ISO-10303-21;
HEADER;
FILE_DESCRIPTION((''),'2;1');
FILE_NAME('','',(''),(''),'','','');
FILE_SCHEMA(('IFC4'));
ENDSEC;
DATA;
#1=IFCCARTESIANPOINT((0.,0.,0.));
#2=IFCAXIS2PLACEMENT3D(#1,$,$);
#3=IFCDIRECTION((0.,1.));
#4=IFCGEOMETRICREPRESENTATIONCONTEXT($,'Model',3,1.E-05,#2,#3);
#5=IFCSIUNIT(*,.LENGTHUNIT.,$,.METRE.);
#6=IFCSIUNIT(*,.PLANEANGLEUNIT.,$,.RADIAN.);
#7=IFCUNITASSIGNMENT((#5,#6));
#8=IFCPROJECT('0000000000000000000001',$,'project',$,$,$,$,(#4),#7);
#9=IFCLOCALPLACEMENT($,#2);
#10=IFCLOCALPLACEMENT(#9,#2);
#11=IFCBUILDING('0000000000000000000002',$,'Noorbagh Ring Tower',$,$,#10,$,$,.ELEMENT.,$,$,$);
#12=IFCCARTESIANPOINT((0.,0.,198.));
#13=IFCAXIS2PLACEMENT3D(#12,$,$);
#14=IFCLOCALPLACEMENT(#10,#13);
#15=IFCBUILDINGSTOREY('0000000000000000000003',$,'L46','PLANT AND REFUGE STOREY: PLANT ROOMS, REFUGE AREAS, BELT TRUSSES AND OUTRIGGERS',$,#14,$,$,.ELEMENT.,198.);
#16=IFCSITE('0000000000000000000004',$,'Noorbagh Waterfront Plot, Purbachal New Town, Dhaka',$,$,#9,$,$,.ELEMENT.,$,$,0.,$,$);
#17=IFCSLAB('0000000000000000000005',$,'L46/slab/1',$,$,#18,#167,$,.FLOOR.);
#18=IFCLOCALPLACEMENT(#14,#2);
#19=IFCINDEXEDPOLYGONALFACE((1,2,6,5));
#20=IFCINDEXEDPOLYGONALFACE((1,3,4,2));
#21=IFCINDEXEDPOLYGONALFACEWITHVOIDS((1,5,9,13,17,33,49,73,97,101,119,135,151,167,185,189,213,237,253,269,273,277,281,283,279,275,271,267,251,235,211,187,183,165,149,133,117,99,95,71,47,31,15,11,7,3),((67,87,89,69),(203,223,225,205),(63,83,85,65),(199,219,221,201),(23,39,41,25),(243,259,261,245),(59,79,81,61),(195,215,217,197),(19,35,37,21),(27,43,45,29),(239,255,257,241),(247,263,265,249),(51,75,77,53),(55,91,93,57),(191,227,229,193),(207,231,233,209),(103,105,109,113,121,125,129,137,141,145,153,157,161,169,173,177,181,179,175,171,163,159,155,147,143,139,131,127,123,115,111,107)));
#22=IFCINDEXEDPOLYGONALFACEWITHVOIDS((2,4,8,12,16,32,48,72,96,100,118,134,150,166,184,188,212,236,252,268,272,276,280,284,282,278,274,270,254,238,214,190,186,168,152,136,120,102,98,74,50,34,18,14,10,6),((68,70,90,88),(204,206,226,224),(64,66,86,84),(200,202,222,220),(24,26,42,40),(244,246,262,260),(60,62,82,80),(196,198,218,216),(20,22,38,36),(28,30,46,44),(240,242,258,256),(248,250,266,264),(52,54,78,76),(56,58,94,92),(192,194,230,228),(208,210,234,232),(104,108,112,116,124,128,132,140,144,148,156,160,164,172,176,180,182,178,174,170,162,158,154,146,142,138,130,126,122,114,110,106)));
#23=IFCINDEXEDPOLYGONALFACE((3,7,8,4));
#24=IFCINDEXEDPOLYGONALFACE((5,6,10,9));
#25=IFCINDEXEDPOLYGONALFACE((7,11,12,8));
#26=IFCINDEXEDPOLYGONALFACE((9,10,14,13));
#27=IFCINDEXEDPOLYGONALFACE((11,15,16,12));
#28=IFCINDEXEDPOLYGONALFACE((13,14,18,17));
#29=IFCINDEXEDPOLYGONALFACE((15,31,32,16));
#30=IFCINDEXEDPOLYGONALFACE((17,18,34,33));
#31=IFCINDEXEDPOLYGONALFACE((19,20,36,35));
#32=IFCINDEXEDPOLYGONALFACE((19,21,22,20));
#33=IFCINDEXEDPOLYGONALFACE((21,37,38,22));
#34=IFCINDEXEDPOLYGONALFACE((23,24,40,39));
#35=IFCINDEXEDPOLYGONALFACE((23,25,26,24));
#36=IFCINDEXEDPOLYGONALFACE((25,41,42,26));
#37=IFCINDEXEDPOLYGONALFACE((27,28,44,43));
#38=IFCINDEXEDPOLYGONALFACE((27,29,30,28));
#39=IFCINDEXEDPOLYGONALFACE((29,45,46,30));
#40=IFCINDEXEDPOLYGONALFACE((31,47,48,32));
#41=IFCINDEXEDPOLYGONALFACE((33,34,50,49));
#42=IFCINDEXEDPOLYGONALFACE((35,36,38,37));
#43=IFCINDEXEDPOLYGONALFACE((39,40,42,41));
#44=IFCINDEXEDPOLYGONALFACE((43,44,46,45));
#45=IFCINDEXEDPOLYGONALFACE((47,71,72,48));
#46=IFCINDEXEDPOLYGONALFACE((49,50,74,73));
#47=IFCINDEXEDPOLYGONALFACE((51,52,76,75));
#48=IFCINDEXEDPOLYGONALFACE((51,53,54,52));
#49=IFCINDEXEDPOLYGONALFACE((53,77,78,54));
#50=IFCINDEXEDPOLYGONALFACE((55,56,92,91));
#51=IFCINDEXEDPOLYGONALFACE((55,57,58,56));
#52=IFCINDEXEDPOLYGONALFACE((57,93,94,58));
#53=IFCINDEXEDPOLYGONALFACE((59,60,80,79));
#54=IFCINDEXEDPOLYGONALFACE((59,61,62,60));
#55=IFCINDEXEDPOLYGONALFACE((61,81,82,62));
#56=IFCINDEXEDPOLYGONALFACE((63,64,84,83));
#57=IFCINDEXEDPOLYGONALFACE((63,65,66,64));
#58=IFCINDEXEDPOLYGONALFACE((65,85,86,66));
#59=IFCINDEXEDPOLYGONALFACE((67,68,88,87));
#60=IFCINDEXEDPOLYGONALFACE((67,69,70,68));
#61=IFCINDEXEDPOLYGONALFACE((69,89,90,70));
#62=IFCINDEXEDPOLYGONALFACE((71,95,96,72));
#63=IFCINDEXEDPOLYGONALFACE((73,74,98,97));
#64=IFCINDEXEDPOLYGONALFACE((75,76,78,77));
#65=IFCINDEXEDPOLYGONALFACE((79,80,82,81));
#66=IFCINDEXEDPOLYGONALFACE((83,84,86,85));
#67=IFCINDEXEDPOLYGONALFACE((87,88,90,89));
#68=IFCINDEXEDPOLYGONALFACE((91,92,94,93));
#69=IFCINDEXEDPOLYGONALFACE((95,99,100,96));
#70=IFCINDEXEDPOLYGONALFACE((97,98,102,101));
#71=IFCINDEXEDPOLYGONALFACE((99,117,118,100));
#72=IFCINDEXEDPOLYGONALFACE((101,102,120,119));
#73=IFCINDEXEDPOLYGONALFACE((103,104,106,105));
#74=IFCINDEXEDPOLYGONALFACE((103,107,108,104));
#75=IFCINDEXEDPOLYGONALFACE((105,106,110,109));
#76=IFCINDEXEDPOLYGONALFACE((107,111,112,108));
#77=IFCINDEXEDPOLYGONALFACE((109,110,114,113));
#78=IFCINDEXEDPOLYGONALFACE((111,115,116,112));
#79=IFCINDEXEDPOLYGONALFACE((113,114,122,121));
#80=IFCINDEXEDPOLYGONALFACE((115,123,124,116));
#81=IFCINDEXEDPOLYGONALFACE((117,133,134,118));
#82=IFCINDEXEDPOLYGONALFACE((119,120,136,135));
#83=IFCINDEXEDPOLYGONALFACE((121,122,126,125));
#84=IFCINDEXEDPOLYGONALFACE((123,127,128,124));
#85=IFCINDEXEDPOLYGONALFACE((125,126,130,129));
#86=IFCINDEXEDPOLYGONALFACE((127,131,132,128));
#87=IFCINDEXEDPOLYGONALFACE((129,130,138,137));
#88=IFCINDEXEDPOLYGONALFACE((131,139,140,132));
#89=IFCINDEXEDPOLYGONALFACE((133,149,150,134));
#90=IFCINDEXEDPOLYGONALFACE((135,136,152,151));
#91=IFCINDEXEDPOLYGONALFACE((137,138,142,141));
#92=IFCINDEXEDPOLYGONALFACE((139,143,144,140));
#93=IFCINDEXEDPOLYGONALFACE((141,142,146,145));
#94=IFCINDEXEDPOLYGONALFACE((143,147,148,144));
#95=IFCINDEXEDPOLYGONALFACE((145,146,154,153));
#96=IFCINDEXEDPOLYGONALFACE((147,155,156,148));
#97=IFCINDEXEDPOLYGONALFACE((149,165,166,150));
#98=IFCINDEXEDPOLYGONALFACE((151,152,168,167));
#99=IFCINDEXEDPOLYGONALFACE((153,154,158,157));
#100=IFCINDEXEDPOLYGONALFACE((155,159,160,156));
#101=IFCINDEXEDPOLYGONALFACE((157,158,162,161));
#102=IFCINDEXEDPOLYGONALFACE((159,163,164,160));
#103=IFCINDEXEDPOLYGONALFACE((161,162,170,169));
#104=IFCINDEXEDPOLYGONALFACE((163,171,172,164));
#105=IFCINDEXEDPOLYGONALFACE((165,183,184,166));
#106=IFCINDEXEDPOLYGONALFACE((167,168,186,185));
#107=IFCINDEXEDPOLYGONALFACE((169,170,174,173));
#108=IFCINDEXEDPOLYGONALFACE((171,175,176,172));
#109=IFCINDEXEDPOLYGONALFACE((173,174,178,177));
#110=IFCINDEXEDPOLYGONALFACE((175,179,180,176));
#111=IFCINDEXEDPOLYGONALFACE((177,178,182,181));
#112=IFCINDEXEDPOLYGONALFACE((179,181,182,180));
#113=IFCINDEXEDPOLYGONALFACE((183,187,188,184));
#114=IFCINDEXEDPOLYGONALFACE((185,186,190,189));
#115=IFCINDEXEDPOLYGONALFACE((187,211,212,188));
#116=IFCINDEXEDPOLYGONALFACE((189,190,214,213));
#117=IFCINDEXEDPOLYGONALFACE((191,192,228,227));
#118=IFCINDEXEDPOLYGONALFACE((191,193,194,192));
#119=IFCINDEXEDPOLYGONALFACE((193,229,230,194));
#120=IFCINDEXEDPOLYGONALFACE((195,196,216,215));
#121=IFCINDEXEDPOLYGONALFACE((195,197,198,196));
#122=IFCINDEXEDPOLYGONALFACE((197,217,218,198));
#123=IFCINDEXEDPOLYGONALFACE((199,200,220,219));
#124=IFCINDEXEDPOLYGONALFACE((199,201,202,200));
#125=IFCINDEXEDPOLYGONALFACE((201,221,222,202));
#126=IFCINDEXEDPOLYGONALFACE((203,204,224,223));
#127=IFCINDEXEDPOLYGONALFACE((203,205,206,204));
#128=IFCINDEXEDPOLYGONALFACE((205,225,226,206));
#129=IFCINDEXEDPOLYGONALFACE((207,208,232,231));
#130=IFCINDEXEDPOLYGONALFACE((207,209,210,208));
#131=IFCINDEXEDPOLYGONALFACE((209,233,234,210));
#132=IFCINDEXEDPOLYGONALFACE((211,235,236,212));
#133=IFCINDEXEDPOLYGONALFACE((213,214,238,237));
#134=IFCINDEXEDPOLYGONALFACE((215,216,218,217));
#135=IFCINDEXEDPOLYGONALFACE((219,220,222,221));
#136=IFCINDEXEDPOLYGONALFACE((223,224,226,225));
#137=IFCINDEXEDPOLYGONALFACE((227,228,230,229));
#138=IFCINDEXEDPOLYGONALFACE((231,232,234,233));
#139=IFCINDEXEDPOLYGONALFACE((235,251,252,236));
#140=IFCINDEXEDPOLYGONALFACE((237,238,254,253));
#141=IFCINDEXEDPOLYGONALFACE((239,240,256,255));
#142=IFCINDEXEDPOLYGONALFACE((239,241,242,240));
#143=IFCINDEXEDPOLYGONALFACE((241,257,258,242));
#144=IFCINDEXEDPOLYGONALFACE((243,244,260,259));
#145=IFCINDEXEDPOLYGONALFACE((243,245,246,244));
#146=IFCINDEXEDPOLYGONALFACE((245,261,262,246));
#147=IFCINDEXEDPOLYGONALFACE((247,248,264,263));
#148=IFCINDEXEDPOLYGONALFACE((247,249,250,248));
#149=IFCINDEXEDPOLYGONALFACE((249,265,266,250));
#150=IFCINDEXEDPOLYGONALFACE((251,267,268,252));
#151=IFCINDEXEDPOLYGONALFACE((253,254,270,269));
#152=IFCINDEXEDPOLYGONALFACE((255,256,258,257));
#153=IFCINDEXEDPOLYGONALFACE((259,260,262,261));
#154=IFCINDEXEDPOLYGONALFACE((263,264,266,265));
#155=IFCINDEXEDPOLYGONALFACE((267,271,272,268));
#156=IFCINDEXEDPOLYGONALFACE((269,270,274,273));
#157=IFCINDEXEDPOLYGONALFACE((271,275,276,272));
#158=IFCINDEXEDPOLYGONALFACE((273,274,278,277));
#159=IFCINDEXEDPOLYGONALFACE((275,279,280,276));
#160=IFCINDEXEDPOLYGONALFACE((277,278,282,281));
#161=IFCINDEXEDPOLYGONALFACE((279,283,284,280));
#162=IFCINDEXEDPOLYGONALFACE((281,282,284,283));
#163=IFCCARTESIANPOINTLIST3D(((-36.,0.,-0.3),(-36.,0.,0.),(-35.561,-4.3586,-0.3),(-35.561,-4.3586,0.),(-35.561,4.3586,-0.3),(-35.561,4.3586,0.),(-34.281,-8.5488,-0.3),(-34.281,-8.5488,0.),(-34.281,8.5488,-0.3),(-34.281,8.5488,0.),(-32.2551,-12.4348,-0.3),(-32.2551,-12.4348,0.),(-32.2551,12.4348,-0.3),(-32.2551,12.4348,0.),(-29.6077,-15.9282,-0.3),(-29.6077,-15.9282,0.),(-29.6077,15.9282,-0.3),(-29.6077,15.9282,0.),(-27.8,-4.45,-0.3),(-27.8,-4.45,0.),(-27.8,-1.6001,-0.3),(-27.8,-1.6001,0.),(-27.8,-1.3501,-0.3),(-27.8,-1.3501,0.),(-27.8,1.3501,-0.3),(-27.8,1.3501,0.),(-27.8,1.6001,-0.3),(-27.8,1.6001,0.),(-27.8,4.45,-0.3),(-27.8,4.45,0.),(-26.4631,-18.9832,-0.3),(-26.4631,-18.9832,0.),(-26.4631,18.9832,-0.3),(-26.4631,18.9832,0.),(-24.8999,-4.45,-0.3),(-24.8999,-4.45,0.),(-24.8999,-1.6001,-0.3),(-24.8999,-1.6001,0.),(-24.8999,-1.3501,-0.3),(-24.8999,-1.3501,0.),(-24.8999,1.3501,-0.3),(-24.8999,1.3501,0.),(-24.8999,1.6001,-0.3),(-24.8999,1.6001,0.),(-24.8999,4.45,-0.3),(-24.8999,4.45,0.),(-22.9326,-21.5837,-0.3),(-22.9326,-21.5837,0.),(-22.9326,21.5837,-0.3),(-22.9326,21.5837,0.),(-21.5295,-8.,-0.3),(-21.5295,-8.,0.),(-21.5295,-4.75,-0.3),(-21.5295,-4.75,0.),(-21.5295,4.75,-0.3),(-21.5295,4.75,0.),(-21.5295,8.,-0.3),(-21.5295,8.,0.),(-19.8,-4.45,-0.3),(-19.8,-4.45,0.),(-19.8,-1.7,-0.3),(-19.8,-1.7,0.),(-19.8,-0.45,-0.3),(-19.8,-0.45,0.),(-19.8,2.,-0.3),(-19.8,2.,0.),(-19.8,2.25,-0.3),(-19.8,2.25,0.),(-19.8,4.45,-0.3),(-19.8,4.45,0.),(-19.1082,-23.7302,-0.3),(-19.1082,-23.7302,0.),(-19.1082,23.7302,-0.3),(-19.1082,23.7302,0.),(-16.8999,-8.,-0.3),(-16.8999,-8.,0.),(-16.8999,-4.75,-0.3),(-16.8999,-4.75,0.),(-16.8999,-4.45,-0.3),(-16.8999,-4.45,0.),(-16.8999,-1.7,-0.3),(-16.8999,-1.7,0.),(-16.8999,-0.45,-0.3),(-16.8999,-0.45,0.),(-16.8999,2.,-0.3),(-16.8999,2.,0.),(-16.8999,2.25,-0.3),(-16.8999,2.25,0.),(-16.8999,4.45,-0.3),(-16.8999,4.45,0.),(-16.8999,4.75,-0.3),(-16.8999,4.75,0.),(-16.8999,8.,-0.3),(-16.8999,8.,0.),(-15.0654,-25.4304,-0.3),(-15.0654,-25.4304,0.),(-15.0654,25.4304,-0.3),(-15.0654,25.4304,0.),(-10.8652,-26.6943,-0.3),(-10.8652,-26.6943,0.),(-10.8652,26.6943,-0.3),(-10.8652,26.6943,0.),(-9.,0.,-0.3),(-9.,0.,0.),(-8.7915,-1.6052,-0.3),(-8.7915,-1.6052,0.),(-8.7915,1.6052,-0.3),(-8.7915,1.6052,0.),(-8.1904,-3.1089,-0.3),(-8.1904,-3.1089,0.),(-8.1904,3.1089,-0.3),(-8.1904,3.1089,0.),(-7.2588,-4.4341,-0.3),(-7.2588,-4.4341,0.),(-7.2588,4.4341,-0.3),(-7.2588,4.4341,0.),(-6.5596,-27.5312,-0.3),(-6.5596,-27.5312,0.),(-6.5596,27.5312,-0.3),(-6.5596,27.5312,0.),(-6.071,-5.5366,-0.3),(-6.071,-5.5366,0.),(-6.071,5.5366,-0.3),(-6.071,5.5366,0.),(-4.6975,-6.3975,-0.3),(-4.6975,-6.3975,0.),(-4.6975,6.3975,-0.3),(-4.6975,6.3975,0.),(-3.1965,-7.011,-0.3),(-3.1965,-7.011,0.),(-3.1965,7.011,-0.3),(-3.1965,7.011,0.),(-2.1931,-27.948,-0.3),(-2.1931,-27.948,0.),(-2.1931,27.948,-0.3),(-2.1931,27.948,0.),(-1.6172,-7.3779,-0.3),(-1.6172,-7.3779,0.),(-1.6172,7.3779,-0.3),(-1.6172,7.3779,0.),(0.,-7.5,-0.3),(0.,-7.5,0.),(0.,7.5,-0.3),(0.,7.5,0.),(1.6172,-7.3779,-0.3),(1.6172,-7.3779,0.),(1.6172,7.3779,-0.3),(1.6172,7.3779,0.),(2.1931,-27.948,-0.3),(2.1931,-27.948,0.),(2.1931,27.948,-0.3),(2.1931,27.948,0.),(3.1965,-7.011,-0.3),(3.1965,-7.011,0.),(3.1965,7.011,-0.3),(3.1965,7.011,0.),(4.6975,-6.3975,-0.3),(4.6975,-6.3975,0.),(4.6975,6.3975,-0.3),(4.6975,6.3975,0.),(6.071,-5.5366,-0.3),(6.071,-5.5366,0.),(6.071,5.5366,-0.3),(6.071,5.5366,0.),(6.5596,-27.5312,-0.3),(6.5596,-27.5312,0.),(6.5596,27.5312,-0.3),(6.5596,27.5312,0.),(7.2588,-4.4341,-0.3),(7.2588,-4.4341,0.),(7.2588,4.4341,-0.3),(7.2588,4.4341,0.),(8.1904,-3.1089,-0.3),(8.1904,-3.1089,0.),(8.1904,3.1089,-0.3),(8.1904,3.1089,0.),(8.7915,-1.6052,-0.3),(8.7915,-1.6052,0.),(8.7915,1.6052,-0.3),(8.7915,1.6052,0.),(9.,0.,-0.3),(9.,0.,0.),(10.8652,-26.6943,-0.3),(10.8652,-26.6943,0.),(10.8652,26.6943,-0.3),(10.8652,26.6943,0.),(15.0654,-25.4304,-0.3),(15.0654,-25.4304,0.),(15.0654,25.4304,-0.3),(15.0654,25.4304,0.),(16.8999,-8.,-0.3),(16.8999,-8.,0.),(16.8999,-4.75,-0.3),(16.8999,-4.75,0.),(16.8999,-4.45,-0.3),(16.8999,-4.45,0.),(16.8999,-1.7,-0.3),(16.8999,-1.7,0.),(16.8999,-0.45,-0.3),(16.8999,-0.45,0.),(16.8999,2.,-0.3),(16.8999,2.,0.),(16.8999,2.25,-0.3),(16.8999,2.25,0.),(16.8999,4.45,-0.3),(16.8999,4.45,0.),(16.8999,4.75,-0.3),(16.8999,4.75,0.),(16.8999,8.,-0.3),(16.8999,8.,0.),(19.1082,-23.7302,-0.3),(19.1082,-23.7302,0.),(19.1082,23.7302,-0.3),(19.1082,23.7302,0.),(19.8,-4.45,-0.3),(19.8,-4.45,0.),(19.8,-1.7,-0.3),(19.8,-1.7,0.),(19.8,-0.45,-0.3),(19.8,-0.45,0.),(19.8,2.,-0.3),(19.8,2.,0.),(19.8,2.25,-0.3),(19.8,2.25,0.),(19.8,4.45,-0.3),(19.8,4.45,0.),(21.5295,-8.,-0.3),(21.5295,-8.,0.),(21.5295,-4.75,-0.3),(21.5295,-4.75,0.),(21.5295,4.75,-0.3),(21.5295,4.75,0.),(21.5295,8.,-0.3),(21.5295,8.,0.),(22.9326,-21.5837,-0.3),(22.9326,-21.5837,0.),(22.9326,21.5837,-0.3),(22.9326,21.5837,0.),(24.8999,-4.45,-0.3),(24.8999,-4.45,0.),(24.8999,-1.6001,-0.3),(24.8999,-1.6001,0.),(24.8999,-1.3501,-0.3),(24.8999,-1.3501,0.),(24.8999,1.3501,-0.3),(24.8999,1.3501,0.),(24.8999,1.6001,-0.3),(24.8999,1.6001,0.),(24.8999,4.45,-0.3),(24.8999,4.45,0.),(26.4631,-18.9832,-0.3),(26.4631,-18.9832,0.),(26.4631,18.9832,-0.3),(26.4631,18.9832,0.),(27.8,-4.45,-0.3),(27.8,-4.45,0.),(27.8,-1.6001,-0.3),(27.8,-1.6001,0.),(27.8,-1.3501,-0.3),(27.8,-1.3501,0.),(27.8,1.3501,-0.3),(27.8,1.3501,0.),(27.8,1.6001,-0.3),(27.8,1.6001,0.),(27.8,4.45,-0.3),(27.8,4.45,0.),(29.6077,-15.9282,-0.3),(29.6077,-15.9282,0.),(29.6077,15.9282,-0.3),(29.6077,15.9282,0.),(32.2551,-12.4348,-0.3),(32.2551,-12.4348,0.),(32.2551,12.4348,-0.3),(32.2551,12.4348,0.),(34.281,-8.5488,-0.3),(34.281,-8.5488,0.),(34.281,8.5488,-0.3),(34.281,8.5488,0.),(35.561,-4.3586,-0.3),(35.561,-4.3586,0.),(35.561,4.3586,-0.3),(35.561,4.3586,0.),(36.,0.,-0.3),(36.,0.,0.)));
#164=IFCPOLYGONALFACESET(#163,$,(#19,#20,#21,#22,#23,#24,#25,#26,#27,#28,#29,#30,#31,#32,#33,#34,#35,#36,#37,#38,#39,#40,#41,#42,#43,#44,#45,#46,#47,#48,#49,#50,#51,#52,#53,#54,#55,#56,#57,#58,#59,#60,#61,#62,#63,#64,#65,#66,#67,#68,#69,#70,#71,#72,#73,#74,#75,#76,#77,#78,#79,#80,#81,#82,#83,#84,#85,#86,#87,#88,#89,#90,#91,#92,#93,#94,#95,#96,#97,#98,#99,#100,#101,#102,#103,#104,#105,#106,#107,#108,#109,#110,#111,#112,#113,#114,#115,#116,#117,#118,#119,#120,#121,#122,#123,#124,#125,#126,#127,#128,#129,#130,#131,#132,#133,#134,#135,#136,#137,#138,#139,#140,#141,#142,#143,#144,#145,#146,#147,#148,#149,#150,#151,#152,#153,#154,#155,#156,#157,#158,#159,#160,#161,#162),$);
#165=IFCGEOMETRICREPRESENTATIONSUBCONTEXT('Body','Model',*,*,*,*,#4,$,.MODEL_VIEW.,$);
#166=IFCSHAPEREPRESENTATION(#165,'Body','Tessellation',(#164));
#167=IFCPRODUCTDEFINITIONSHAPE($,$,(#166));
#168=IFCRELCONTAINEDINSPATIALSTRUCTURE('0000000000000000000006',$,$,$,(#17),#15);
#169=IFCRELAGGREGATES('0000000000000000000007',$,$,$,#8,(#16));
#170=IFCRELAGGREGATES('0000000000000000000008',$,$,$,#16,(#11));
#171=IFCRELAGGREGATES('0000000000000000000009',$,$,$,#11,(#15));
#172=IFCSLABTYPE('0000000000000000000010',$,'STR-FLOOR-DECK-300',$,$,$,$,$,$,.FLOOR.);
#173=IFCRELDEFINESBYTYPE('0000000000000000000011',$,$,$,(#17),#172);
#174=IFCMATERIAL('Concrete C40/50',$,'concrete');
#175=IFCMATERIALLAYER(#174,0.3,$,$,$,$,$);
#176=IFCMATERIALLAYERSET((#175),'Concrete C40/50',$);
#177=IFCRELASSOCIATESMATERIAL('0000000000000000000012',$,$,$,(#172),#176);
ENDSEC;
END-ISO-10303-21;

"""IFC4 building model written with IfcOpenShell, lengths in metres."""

from ifc_helpers import new_model, si_unit, direction, frame, origin, place, context, subcontext, project, spatial, polyline, outline, extrude, material, layer, layer_set, type_object, element, save


model = new_model("IFC4")

# Units and contexts
model_context = context("Model", 3, precision=1e-05, world=origin(), true_north=direction((0.0, 1.0)))
body_context = subcontext(model_context, "Body", "Model", "MODEL_VIEW")
ifc_project = project(units=[si_unit("LENGTHUNIT", "METRE"), si_unit("PLANEANGLEUNIT", "RADIAN")], contexts=[model_context])

# Site, building, storey
site_placement = place(None, origin())
site = spatial("IfcSite", under=ifc_project, at=site_placement, Name="Noorbagh Waterfront Plot, Purbachal New Town, Dhaka", CompositionType="ELEMENT", RefElevation=0.0)
building_placement = place(site_placement, origin())
building = spatial("IfcBuilding", under=site, at=building_placement, Name="Noorbagh Ring Tower", CompositionType="ELEMENT")
storey_placement = place(building_placement, frame((0.0, 0.0, 198.0)))
storey = spatial("IfcBuildingStorey", under=building, at=storey_placement, Name="L46", Description="PLANT AND REFUGE STOREY: PLANT ROOMS, REFUGE AREAS, BELT TRUSSES AND OUTRIGGERS", CompositionType="ELEMENT", Elevation=198.0)

# Slab
ifc_material_1 = material(Name="Concrete C40/50", Category="concrete")
ifc_layer_1 = layer(ifc_material_1, 0.3)
ifc_layer_set_1 = layer_set([ifc_layer_1], Name="Concrete C40/50")
slab_type_1 = type_object("IfcSlabType", Name="STR-FLOOR-DECK-300", PredefinedType="FLOOR", material=ifc_layer_set_1)
slab_1_placement = place(storey_placement, frame((0.0, 0.0, -0.3)))
element("IfcSlab", 1, at=slab_1_placement, inside=storey, type_object=slab_type_1, Name="L46/slab/1", PredefinedType="FLOOR", context=body_context, shape_type="SweptSolid", body=[
    extrude(outline(polyline([(36.0, 0.0), (35.561, 4.3586), (34.281, 8.5488), (32.2551, 12.4348), (29.6077, 15.9282), (26.4631, 18.9832), (22.9326, 21.5837), (19.1082, 23.7302), (15.0654, 25.4304), (10.8652, 26.6943), (6.5596, 27.5312), (2.1931, 27.948), (-2.1931, 27.948), (-6.5596, 27.5312), (-10.8652, 26.6943), (-15.0654, 25.4304), (-19.1082, 23.7302), (-22.9326, 21.5837), (-26.4631, 18.9832), (-29.6077, 15.9282), (-32.2551, 12.4348), (-34.281, 8.5488), (-35.561, 4.3586), (-36.0, 0.0), (-35.561, -4.3586), (-34.281, -8.5488), (-32.2551, -12.4348), (-29.6077, -15.9282), (-26.4631, -18.9832), (-22.9326, -21.5837), (-19.1082, -23.7302), (-15.0654, -25.4304), (-10.8652, -26.6943), (-6.5596, -27.5312), (-2.1931, -27.948), (2.1931, -27.948), (6.5596, -27.5312), (10.8652, -26.6943), (15.0654, -25.4304), (19.1082, -23.7302), (22.9326, -21.5837), (26.4631, -18.9832), (29.6077, -15.9282), (32.2551, -12.4348), (34.281, -8.5488), (35.561, -4.3586), (36.0, 0.0)]), holes=[polyline([(24.8999, 4.45), (27.8, 4.45), (27.8, 1.6001), (24.8999, 1.6001), (24.8999, 4.45)]), polyline([(24.8999, 1.3501), (27.8, 1.3501), (27.8, -1.3501), (24.8999, -1.3501), (24.8999, 1.3501)]), polyline([(24.8999, -1.6001), (27.8, -1.6001), (27.8, -4.45), (24.8999, -4.45), (24.8999, -1.6001)]), polyline([(21.5295, -8.0), (16.8999, -8.0), (16.8999, -4.75), (21.5295, -4.75), (21.5295, -8.0)]), polyline([(16.8999, 4.75), (16.8999, 8.0), (21.5295, 8.0), (21.5295, 4.75), (16.8999, 4.75)]), polyline([(19.8, 4.45), (19.8, 2.25), (16.8999, 2.25), (16.8999, 4.45), (19.8, 4.45)]), polyline([(16.8999, 2.0), (19.8, 2.0), (19.8, -0.45), (16.8999, -0.45), (16.8999, 2.0)]), polyline([(16.8999, -1.7), (19.8, -1.7), (19.8, -4.45), (16.8999, -4.45), (16.8999, -1.7)]), polyline([(4.6975, -6.3975), (3.1965, -7.011), (1.6172, -7.3779), (0.0, -7.5), (-1.6172, -7.3779), (-3.1965, -7.011), (-4.6975, -6.3975), (-6.071, -5.5366), (-7.2588, -4.4341), (-8.1904, -3.1089), (-8.7915, -1.6052), (-9.0, 0.0), (-8.7915, 1.6052), (-8.1904, 3.1089), (-7.2588, 4.4341), (-6.071, 5.5366), (-4.6975, 6.3975), (-3.1965, 7.011), (-1.6172, 7.3779), (0.0, 7.5), (1.6172, 7.3779), (3.1965, 7.011), (4.6975, 6.3975), (6.071, 5.5366), (7.2588, 4.4341), (8.1904, 3.1089), (8.7915, 1.6052), (9.0, 0.0), (8.7915, -1.6052), (8.1904, -3.1089), (7.2588, -4.4341), (6.071, -5.5366), (4.6975, -6.3975)]), polyline([(-16.8999, 2.25), (-19.8, 2.25), (-19.8, 4.45), (-16.8999, 4.45), (-16.8999, 2.25)]), polyline([(-16.8999, -0.45), (-19.8, -0.45), (-19.8, 2.0), (-16.8999, 2.0), (-16.8999, -0.45)]), polyline([(-16.8999, -4.45), (-19.8, -4.45), (-19.8, -1.7), (-16.8999, -1.7), (-16.8999, -4.45)]), polyline([(-21.5295, 8.0), (-16.8999, 8.0), (-16.8999, 4.75), (-21.5295, 4.75), (-21.5295, 8.0)]), polyline([(-21.5295, -4.75), (-16.8999, -4.75), (-16.8999, -8.0), (-21.5295, -8.0), (-21.5295, -4.75)]), polyline([(-24.8999, -4.45), (-27.8, -4.45), (-27.8, -1.6001), (-24.8999, -1.6001), (-24.8999, -4.45)]), polyline([(-24.8999, 1.6001), (-27.8, 1.6001), (-27.8, 4.45), (-24.8999, 4.45), (-24.8999, 1.6001)]), polyline([(-24.8999, -1.3501), (-27.8, -1.3501), (-27.8, 1.3501), (-24.8999, 1.3501), (-24.8999, -1.3501)])]), origin(), (0.0, 0.0, 1.0), 0.3),
])

save(model, "model.ifc")
